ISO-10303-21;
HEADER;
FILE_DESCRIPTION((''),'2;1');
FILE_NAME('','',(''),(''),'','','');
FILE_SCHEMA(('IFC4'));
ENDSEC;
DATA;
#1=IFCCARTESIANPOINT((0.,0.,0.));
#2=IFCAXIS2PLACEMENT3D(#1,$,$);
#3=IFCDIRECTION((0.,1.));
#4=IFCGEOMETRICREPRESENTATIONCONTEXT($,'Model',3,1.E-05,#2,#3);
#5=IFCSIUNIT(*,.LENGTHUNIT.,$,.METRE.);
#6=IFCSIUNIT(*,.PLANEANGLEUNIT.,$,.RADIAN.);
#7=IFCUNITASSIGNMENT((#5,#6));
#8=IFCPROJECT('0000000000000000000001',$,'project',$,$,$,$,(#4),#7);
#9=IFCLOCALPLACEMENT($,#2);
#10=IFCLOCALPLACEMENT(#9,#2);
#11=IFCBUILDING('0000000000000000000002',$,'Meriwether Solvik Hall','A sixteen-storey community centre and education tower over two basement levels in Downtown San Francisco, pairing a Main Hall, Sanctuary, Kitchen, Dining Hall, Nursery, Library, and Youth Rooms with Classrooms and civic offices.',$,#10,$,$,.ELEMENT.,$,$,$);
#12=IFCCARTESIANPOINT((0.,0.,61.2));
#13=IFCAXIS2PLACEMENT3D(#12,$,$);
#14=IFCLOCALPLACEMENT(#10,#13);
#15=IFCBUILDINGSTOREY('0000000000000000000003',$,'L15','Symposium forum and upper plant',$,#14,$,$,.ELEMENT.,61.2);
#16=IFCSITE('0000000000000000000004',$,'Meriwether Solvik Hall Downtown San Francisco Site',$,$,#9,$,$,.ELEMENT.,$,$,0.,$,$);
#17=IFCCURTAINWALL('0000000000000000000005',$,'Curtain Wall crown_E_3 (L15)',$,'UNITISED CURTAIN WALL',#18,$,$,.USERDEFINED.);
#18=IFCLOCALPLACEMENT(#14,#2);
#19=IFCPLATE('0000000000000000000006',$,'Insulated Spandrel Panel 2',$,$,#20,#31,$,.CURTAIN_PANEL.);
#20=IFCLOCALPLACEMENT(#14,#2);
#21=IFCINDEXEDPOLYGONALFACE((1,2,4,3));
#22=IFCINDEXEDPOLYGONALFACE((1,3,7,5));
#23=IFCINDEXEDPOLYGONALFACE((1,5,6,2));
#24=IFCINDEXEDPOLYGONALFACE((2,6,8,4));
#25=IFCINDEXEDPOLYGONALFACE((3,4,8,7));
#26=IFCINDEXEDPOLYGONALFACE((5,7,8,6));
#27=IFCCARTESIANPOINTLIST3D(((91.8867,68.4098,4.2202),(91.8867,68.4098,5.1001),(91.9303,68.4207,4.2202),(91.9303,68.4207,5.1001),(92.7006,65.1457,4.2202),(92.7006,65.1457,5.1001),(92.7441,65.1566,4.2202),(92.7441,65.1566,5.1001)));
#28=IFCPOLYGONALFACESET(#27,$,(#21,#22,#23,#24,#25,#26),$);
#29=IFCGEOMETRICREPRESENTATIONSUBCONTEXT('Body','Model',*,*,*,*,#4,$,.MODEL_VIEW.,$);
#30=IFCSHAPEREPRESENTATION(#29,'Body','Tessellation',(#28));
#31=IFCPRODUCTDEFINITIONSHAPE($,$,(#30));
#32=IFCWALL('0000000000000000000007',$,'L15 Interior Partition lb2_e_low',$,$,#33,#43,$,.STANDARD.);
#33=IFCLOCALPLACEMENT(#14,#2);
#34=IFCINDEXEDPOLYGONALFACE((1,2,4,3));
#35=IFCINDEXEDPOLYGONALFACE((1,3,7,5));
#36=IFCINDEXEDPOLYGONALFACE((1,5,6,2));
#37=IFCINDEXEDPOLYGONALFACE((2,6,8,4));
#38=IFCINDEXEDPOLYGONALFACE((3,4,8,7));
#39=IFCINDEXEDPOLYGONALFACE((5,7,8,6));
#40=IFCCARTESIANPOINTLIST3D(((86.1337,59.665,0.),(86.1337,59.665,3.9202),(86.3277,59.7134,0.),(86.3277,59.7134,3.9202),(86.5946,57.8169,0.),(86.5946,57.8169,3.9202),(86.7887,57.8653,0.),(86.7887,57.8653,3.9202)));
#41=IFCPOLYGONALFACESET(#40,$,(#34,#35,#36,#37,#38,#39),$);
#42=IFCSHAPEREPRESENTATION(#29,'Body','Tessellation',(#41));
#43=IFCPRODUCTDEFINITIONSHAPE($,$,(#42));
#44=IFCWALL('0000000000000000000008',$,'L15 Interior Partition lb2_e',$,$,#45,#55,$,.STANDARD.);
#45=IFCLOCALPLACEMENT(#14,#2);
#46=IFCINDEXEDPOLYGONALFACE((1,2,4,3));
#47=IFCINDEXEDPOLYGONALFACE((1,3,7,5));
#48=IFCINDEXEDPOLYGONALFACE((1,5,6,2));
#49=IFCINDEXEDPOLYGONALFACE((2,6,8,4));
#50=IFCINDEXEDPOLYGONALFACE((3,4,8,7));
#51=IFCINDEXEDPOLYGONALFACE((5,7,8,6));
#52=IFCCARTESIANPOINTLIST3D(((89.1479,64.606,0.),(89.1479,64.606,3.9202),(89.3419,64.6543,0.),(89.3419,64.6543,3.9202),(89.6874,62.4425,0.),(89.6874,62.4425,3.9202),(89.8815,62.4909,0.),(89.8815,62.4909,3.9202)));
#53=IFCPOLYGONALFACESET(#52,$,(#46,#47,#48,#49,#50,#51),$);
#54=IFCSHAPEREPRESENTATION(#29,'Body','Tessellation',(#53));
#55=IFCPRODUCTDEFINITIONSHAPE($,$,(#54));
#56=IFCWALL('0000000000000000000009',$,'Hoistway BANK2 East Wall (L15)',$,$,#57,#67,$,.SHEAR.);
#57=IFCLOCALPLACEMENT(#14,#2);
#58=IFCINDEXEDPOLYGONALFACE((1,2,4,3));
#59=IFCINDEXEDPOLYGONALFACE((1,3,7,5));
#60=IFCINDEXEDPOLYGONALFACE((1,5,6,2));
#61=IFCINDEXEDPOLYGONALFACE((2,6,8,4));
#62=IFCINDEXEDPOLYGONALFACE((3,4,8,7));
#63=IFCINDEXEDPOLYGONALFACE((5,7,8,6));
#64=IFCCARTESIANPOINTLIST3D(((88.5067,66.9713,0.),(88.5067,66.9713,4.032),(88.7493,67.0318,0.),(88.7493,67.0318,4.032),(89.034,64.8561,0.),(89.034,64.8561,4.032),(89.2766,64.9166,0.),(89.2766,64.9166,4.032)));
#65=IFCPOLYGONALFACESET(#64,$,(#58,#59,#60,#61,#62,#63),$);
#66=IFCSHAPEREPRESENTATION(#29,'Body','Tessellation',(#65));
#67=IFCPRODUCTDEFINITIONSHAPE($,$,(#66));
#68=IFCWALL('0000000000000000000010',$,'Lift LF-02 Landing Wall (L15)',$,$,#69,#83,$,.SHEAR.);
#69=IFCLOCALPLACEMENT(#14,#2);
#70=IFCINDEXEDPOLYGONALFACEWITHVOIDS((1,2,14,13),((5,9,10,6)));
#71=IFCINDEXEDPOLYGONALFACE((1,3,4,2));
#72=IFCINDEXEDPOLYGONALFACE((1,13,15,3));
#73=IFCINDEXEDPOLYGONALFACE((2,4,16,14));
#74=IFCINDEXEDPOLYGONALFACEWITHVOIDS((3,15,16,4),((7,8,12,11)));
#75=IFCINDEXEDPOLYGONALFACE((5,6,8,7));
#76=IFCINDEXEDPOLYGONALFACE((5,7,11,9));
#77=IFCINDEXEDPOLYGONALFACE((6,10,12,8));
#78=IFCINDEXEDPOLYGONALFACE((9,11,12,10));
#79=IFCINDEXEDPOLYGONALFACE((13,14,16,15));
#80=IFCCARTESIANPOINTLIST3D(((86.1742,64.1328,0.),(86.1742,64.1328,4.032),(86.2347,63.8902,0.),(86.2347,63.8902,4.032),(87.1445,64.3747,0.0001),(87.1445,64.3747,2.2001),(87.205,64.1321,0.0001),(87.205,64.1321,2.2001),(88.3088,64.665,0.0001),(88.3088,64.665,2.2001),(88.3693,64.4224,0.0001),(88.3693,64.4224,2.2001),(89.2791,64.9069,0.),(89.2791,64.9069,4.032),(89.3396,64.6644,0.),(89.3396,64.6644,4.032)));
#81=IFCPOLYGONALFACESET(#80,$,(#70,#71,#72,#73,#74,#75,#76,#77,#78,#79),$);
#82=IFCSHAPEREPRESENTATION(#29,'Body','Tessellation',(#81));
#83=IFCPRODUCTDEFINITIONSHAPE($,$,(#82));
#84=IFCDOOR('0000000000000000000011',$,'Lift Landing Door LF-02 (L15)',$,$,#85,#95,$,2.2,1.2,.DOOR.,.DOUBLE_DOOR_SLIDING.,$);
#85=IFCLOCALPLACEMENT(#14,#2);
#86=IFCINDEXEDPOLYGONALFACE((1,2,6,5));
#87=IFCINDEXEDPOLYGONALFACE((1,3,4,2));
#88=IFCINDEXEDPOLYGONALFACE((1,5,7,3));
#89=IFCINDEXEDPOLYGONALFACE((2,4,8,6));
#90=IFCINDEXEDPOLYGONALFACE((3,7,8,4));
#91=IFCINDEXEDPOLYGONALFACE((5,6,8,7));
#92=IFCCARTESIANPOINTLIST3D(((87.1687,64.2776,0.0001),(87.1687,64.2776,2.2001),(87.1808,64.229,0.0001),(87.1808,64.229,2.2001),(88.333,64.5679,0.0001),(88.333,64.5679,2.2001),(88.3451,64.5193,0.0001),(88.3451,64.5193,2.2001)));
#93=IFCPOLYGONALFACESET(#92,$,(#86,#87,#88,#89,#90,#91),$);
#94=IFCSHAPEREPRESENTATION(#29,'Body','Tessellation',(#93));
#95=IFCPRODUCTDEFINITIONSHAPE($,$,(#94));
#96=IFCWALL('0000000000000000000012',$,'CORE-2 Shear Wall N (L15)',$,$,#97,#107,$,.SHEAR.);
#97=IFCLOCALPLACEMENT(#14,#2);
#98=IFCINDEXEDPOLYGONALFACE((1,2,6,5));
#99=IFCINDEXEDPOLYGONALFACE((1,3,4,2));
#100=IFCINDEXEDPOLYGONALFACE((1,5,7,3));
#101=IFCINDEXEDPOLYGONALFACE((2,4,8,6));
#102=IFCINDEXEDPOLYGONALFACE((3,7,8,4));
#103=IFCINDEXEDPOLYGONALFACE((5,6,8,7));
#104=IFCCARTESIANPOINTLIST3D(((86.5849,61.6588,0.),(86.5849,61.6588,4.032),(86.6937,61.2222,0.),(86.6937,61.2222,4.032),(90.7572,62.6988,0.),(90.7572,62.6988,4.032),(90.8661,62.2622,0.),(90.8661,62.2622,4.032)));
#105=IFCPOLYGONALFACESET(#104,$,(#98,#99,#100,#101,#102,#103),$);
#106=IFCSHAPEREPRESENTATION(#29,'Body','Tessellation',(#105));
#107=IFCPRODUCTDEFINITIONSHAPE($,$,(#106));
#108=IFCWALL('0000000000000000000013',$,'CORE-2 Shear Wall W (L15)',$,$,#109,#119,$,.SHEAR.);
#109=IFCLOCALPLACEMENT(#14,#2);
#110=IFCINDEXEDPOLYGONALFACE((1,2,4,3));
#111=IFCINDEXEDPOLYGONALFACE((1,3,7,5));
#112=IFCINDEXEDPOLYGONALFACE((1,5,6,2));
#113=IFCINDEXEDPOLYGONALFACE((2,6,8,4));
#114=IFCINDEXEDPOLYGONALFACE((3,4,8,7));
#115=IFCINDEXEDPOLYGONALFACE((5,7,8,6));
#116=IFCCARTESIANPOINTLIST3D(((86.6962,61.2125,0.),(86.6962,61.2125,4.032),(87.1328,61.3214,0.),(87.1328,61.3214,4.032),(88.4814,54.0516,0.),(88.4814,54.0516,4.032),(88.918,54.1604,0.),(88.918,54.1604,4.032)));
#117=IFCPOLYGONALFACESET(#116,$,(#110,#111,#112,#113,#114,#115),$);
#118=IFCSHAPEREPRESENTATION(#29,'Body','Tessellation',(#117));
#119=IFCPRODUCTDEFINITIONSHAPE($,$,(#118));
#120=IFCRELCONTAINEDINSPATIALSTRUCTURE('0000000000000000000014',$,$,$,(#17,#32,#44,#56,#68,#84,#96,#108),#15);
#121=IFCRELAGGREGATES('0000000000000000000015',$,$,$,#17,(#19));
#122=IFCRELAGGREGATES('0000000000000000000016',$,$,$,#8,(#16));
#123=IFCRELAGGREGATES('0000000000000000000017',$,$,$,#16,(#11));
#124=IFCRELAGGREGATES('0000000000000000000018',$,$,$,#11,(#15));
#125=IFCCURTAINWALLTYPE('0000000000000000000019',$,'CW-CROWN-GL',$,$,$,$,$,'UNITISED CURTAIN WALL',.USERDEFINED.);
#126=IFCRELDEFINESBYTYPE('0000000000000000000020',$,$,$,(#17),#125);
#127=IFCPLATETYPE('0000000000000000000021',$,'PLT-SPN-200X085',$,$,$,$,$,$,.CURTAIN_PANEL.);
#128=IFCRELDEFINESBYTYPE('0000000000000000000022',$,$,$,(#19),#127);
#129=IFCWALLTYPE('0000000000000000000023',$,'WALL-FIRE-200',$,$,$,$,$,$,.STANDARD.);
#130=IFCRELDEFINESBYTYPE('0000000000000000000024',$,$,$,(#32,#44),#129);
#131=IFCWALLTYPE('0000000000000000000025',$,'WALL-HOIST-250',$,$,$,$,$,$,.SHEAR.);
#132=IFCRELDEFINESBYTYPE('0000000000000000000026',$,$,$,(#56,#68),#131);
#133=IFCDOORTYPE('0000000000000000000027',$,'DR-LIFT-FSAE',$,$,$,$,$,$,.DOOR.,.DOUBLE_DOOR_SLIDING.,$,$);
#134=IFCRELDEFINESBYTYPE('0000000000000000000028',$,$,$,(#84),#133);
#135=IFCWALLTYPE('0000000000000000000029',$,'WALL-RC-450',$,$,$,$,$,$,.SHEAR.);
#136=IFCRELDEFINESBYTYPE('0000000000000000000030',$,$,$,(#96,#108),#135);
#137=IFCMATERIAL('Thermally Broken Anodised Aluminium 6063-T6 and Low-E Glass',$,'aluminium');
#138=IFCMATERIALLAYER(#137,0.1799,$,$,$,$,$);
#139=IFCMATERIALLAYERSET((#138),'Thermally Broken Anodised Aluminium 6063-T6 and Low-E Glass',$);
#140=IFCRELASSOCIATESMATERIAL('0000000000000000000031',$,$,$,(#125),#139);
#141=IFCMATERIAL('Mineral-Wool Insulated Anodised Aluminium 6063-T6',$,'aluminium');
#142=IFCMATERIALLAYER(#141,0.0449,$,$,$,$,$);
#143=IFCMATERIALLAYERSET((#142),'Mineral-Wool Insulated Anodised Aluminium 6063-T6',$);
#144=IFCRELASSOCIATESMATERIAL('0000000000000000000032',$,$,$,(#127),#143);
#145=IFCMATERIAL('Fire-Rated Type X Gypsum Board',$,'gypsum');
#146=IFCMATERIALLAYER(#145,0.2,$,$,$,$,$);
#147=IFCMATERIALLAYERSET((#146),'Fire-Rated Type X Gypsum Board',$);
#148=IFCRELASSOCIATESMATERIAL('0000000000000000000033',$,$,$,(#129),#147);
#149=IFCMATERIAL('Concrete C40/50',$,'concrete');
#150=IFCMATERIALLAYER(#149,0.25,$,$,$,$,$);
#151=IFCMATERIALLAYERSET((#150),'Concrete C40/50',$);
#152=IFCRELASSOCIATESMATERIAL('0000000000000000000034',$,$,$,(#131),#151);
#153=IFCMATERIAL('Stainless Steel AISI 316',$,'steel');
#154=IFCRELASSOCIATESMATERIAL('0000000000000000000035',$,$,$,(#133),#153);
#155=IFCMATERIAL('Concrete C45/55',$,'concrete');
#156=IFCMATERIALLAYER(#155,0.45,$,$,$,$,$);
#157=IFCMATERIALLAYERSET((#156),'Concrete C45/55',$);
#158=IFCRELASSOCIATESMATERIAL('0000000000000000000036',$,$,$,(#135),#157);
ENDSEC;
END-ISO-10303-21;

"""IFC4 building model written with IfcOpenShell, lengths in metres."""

from ifc_helpers import new_model, si_unit, direction, frame, frame_2d, origin, origin_2d, place, context, subcontext, project, spatial, rectangle, extrude, material, layer, layer_set, type_object, element, fill, aggregate, save


model = new_model("IFC4")

# Units and contexts
model_context = context("Model", 3, precision=1e-05, world=origin(), true_north=direction((0.0, 1.0)))
body_context = subcontext(model_context, "Body", "Model", "MODEL_VIEW")
ifc_project = project(units=[si_unit("LENGTHUNIT", "METRE"), si_unit("PLANEANGLEUNIT", "RADIAN")], contexts=[model_context])

# Site, building, storey
site_placement = place(None, origin())
site = spatial("IfcSite", under=ifc_project, at=site_placement, Name="Meriwether Solvik Hall Downtown San Francisco Site", CompositionType="ELEMENT", RefElevation=0.0)
building_placement = place(site_placement, origin())
building = spatial("IfcBuilding", under=site, at=building_placement, Name="Meriwether Solvik Hall", Description="A sixteen-storey community centre and education tower over two basement levels in Downtown San Francisco, pairing a Main Hall, Sanctuary, Kitchen, Dining Hall, Nursery, Library, and Youth Rooms with Classrooms and civic offices.", CompositionType="ELEMENT")
storey_placement = place(building_placement, frame((0.0, 0.0, 61.2)))
storey = spatial("IfcBuildingStorey", under=building, at=storey_placement, Name="L15", Description="Symposium forum and upper plant", CompositionType="ELEMENT", Elevation=61.2)

# Curtain wall
ifc_material_1 = material(Name="Thermally Broken Anodised Aluminium 6063-T6 and Low-E Glass", Category="aluminium")
ifc_layer_1 = layer(ifc_material_1, 0.1799)
ifc_layer_set_1 = layer_set([ifc_layer_1], Name="Thermally Broken Anodised Aluminium 6063-T6 and Low-E Glass")
curtain_wall_type_1 = type_object("IfcCurtainWallType", Name="CW-CROWN-GL", ElementType="UNITISED CURTAIN WALL", PredefinedType="USERDEFINED", material=ifc_layer_set_1)
curtain_wall_1_placement = place(storey_placement, origin())
curtain_wall_1 = element("IfcCurtainWall", 1, at=curtain_wall_1_placement, inside=storey, type_object=curtain_wall_type_1, Name="Curtain Wall crown_E_3 (L15)", ObjectType="UNITISED CURTAIN WALL", PredefinedType="USERDEFINED")

# Plate
ifc_material_2 = material(Name="Mineral-Wool Insulated Anodised Aluminium 6063-T6", Category="aluminium")
ifc_layer_2 = layer(ifc_material_2, 0.0449)
ifc_layer_set_2 = layer_set([ifc_layer_2], Name="Mineral-Wool Insulated Anodised Aluminium 6063-T6")
plate_type_1 = type_object("IfcPlateType", Name="PLT-SPN-200X085", PredefinedType="CURTAIN_PANEL", material=ifc_layer_set_2)
plate_1_placement = place(storey_placement, frame((92.3154, 66.7832, 4.2202), z_axis=(0.0, 0.0, 1.0), x_axis=(-0.241923, 0.970296, 0.0)))
plate_1 = element("IfcPlate", 2, at=plate_1_placement, type_object=plate_type_1, Name="Insulated Spandrel Panel 2", PredefinedType="CURTAIN_PANEL", context=body_context, shape_type="SweptSolid", body=[
    extrude(rectangle(XDim=3.364, YDim=0.0449, at=origin_2d()), origin(), (0.0, 0.0, 1.0), 0.8799),
])
aggregate(curtain_wall_1, [plate_1])

# Walls
ifc_material_3 = material(Name="Fire-Rated Type X Gypsum Board", Category="gypsum")
ifc_layer_3 = layer(ifc_material_3, 0.2)
ifc_layer_set_3 = layer_set([ifc_layer_3], Name="Fire-Rated Type X Gypsum Board")
wall_type_1 = type_object("IfcWallType", Name="WALL-FIRE-200", PredefinedType="STANDARD", material=ifc_layer_set_3)
wall_1_placement = place(storey_placement, frame((86.6917, 57.8411, 0.0), z_axis=(0.0, 0.0, 1.0), x_axis=(-0.241993, 0.970278, 0.0)))
element("IfcWall", 3, at=wall_1_placement, inside=storey, type_object=wall_type_1, Name="L15 Interior Partition lb2_e_low", PredefinedType="STANDARD", context=body_context, shape_type="SweptSolid", body=[
    extrude(rectangle(XDim=1.9048, YDim=0.2, at=frame_2d((0.9524, 0.0))), origin(), (0.0, 0.0, 1.0), 3.9202),
])
wall_2_placement = place(storey_placement, frame((89.7844, 62.4668, 0.0), z_axis=(0.0, 0.0, 1.0), x_axis=(-0.241969, 0.970284, 0.0)))
element("IfcWall", 4, at=wall_2_placement, inside=storey, type_object=wall_type_1, Name="L15 Interior Partition lb2_e", PredefinedType="STANDARD", context=body_context, shape_type="SweptSolid", body=[
    extrude(rectangle(XDim=2.2297, YDim=0.2, at=frame_2d((1.1147, 0.0))), origin(), (0.0, 0.0, 1.0), 3.9202),
])
ifc_material_4 = material(Name="Concrete C40/50", Category="concrete")
ifc_layer_4 = layer(ifc_material_4, 0.25)
ifc_layer_set_4 = layer_set([ifc_layer_4], Name="Concrete C40/50")
wall_type_2 = type_object("IfcWallType", Name="WALL-HOIST-250", PredefinedType="SHEAR", material=ifc_layer_set_4)
wall_3_placement = place(storey_placement, frame((89.1553, 64.8865, 0.0), z_axis=(0.0, 0.0, 1.0), x_axis=(-0.241903, 0.9703, 0.0)))
element("IfcWall", 5, at=wall_3_placement, inside=storey, type_object=wall_type_2, Name="Hoistway BANK2 East Wall (L15)", PredefinedType="SHEAR", context=body_context, shape_type="SweptSolid", body=[
    extrude(rectangle(XDim=2.1799, YDim=0.25, at=frame_2d((1.0898, 0.0))), origin(), (0.0, 0.0, 1.0), 4.032),
])

# Wall, opening, door
wall_4_placement = place(storey_placement, frame((86.2043, 64.0115, 0.0), z_axis=(0.0, 0.0, 1.0), x_axis=(0.970295, 0.241925, 0.0)))
wall_4 = element("IfcWall", 6, at=wall_4_placement, inside=storey, type_object=wall_type_2, Name="Lift LF-02 Landing Wall (L15)", PredefinedType="SHEAR", context=body_context, shape_type="SweptSolid", body=[
    extrude(rectangle(XDim=3.2, YDim=0.25, at=frame_2d((1.6001, 0.0))), origin(), (0.0, 0.0, 1.0), 4.032),
])
opening_placement = place(wall_4_placement, frame((1.0, 0.0, 0.0)))
opening = element("IfcOpeningElement", 7, at=opening_placement, cuts=wall_4, PredefinedType="OPENING", context=body_context, shape_type="SweptSolid", body=[
    extrude(rectangle(XDim=1.2, YDim=2.2, at=frame_2d((0.6001, 1.1001))), frame((0.0, 0.137, 0.0), z_axis=(0.0, -1.0, 0.0), x_axis=(1.0, 0.0, 0.0)), (0.0, 0.0, 1.0), 0.2739),
])
ifc_material_5 = material(Name="Stainless Steel AISI 316", Category="steel")
door_type = type_object("IfcDoorType", Name="DR-LIFT-FSAE", OperationType="DOUBLE_DOOR_SLIDING", PredefinedType="DOOR", material=ifc_material_5)
door_placement = place(opening_placement, origin())
door = element("IfcDoor", 8, at=door_placement, inside=storey, type_object=door_type, Name="Lift Landing Door LF-02 (L15)", OperationType="DOUBLE_DOOR_SLIDING", OverallHeight=2.2, OverallWidth=1.2, PredefinedType="DOOR", context=body_context, shape_type="SweptSolid", body=[
    extrude(rectangle(XDim=1.2, YDim=2.2, at=frame_2d((0.6001, 1.1001))), frame((0.0, 0.0249, 0.0), z_axis=(0.0, -1.0, 0.0), x_axis=(1.0, 0.0, 0.0)), (0.0, 0.0, 1.0), 0.05),
])
fill(opening, door)

# Walls
ifc_material_6 = material(Name="Concrete C45/55", Category="concrete")
ifc_layer_5 = layer(ifc_material_6, 0.45)
ifc_layer_set_5 = layer_set([ifc_layer_5], Name="Concrete C45/55")
wall_type_3 = type_object("IfcWallType", Name="WALL-RC-450", PredefinedType="SHEAR", material=ifc_layer_set_5)
wall_5_placement = place(storey_placement, frame((90.8115, 62.4805, 0.0), z_axis=(0.0, 0.0, 1.0), x_axis=(-0.970309, -0.241868, 0.0)))
element("IfcWall", 9, at=wall_5_placement, inside=storey, type_object=wall_type_3, Name="CORE-2 Shear Wall N (L15)", PredefinedType="SHEAR", context=body_context, shape_type="SweptSolid", body=[
    extrude(rectangle(XDim=4.3, YDim=0.45, at=frame_2d((2.1499, 0.0))), origin(), (0.0, 0.0, 1.0), 4.032),
])
wall_6_placement = place(storey_placement, frame((86.9146, 61.2668, 0.0), z_axis=(0.0, 0.0, 1.0), x_axis=(0.24189, -0.970304, 0.0)))
element("IfcWall", 10, at=wall_6_placement, inside=storey, type_object=wall_type_3, Name="CORE-2 Shear Wall W (L15)", PredefinedType="SHEAR", context=body_context, shape_type="SweptSolid", body=[
    extrude(rectangle(XDim=7.3801, YDim=0.45, at=frame_2d((3.6899, 0.0))), origin(), (0.0, 0.0, 1.0), 4.032),
])

save(model, "model.ifc")
